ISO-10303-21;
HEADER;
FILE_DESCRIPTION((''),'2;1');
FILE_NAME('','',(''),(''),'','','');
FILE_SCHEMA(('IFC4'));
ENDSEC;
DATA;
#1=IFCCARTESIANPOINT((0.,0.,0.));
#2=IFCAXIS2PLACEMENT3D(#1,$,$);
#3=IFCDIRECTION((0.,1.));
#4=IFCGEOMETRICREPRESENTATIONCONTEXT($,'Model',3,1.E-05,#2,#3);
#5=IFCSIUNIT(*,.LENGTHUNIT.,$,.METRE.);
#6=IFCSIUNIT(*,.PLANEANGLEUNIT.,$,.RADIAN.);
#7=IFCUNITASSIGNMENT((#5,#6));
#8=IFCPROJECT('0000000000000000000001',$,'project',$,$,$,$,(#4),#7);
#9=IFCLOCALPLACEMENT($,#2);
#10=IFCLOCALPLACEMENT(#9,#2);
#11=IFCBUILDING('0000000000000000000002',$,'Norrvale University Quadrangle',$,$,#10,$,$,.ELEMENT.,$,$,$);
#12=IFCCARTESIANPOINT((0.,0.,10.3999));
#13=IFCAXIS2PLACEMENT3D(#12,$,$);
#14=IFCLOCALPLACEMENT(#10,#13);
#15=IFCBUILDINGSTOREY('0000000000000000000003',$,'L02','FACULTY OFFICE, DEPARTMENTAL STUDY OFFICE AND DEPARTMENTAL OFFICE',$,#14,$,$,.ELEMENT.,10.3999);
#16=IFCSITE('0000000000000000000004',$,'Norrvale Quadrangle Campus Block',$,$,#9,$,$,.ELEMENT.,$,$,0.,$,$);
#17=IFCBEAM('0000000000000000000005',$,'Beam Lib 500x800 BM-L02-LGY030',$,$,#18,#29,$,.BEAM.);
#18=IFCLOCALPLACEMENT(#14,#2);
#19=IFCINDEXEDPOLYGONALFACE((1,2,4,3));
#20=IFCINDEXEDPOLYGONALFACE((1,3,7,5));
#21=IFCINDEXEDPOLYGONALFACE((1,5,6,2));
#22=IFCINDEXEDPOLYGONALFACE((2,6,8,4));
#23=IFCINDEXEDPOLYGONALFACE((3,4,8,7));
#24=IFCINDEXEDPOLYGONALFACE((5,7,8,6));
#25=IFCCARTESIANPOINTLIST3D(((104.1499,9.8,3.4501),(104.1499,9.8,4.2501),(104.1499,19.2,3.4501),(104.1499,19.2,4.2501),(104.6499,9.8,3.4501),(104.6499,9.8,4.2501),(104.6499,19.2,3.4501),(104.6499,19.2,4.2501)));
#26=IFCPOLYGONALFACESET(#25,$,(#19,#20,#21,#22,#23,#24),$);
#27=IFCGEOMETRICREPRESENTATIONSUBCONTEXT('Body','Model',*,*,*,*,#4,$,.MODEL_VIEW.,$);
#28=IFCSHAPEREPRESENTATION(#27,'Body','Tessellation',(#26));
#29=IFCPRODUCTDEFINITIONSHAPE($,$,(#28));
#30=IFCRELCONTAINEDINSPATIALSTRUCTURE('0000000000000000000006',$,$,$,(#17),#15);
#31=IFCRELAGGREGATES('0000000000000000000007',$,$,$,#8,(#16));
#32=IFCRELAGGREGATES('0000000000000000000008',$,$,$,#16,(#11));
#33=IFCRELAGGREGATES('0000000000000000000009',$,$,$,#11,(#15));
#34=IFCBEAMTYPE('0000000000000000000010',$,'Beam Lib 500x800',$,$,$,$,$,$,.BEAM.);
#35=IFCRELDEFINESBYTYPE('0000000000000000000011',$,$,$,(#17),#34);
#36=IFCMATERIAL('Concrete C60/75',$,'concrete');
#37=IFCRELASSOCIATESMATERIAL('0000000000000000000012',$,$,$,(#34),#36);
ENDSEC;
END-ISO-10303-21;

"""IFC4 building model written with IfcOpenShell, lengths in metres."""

from ifc_helpers import new_model, si_unit, direction, frame, origin, origin_2d, place, context, subcontext, project, spatial, rectangle, extrude, material, material_profile, profile_set, type_object, element, save


model = new_model("IFC4")

# Units and contexts
model_context = context("Model", 3, precision=1e-05, world=origin(), true_north=direction((0.0, 1.0)))
body_context = subcontext(model_context, "Body", "Model", "MODEL_VIEW")
ifc_project = project(units=[si_unit("LENGTHUNIT", "METRE"), si_unit("PLANEANGLEUNIT", "RADIAN")], contexts=[model_context])

# Site, building, storey
site_placement = place(None, origin())
site = spatial("IfcSite", under=ifc_project, at=site_placement, Name="Norrvale Quadrangle Campus Block", CompositionType="ELEMENT", RefElevation=0.0)
building_placement = place(site_placement, origin())
building = spatial("IfcBuilding", under=site, at=building_placement, Name="Norrvale University Quadrangle", CompositionType="ELEMENT")
storey_placement = place(building_placement, frame((0.0, 0.0, 10.3999)))
storey = spatial("IfcBuildingStorey", under=building, at=storey_placement, Name="L02", Description="FACULTY OFFICE, DEPARTMENTAL STUDY OFFICE AND DEPARTMENTAL OFFICE", CompositionType="ELEMENT", Elevation=10.3999)

# Shared definitions
ifc_material = material(Name="Concrete C60/75", Category="concrete")

# Beam
ifc_material_profile_1 = material_profile(ifc_material, rectangle(XDim=0.5, YDim=0.8, at=origin_2d()), Name="Concrete C60/75")
ifc_profile_set_1 = profile_set([ifc_material_profile_1], Name="Concrete C60/75")
beam_type_1 = type_object("IfcBeamType", Name="Beam Lib 500x800", PredefinedType="BEAM", material=ifc_profile_set_1)
beam_1_placement = place(storey_placement, frame((104.3999, 9.8, 3.8501), z_axis=(0.0, 1.0, 0.0), x_axis=(-1.0, 0.0, 0.0)))
element("IfcBeam", 1, at=beam_1_placement, inside=storey, type_object=beam_type_1, Name="Beam Lib 500x800 BM-L02-LGY030", PredefinedType="BEAM", context=body_context, shape_type="SweptSolid", body=[
    extrude(rectangle(XDim=0.5, YDim=0.8, at=origin_2d()), origin(), (0.0, 0.0, 1.0), 9.3999),
])

save(model, "model.ifc")
